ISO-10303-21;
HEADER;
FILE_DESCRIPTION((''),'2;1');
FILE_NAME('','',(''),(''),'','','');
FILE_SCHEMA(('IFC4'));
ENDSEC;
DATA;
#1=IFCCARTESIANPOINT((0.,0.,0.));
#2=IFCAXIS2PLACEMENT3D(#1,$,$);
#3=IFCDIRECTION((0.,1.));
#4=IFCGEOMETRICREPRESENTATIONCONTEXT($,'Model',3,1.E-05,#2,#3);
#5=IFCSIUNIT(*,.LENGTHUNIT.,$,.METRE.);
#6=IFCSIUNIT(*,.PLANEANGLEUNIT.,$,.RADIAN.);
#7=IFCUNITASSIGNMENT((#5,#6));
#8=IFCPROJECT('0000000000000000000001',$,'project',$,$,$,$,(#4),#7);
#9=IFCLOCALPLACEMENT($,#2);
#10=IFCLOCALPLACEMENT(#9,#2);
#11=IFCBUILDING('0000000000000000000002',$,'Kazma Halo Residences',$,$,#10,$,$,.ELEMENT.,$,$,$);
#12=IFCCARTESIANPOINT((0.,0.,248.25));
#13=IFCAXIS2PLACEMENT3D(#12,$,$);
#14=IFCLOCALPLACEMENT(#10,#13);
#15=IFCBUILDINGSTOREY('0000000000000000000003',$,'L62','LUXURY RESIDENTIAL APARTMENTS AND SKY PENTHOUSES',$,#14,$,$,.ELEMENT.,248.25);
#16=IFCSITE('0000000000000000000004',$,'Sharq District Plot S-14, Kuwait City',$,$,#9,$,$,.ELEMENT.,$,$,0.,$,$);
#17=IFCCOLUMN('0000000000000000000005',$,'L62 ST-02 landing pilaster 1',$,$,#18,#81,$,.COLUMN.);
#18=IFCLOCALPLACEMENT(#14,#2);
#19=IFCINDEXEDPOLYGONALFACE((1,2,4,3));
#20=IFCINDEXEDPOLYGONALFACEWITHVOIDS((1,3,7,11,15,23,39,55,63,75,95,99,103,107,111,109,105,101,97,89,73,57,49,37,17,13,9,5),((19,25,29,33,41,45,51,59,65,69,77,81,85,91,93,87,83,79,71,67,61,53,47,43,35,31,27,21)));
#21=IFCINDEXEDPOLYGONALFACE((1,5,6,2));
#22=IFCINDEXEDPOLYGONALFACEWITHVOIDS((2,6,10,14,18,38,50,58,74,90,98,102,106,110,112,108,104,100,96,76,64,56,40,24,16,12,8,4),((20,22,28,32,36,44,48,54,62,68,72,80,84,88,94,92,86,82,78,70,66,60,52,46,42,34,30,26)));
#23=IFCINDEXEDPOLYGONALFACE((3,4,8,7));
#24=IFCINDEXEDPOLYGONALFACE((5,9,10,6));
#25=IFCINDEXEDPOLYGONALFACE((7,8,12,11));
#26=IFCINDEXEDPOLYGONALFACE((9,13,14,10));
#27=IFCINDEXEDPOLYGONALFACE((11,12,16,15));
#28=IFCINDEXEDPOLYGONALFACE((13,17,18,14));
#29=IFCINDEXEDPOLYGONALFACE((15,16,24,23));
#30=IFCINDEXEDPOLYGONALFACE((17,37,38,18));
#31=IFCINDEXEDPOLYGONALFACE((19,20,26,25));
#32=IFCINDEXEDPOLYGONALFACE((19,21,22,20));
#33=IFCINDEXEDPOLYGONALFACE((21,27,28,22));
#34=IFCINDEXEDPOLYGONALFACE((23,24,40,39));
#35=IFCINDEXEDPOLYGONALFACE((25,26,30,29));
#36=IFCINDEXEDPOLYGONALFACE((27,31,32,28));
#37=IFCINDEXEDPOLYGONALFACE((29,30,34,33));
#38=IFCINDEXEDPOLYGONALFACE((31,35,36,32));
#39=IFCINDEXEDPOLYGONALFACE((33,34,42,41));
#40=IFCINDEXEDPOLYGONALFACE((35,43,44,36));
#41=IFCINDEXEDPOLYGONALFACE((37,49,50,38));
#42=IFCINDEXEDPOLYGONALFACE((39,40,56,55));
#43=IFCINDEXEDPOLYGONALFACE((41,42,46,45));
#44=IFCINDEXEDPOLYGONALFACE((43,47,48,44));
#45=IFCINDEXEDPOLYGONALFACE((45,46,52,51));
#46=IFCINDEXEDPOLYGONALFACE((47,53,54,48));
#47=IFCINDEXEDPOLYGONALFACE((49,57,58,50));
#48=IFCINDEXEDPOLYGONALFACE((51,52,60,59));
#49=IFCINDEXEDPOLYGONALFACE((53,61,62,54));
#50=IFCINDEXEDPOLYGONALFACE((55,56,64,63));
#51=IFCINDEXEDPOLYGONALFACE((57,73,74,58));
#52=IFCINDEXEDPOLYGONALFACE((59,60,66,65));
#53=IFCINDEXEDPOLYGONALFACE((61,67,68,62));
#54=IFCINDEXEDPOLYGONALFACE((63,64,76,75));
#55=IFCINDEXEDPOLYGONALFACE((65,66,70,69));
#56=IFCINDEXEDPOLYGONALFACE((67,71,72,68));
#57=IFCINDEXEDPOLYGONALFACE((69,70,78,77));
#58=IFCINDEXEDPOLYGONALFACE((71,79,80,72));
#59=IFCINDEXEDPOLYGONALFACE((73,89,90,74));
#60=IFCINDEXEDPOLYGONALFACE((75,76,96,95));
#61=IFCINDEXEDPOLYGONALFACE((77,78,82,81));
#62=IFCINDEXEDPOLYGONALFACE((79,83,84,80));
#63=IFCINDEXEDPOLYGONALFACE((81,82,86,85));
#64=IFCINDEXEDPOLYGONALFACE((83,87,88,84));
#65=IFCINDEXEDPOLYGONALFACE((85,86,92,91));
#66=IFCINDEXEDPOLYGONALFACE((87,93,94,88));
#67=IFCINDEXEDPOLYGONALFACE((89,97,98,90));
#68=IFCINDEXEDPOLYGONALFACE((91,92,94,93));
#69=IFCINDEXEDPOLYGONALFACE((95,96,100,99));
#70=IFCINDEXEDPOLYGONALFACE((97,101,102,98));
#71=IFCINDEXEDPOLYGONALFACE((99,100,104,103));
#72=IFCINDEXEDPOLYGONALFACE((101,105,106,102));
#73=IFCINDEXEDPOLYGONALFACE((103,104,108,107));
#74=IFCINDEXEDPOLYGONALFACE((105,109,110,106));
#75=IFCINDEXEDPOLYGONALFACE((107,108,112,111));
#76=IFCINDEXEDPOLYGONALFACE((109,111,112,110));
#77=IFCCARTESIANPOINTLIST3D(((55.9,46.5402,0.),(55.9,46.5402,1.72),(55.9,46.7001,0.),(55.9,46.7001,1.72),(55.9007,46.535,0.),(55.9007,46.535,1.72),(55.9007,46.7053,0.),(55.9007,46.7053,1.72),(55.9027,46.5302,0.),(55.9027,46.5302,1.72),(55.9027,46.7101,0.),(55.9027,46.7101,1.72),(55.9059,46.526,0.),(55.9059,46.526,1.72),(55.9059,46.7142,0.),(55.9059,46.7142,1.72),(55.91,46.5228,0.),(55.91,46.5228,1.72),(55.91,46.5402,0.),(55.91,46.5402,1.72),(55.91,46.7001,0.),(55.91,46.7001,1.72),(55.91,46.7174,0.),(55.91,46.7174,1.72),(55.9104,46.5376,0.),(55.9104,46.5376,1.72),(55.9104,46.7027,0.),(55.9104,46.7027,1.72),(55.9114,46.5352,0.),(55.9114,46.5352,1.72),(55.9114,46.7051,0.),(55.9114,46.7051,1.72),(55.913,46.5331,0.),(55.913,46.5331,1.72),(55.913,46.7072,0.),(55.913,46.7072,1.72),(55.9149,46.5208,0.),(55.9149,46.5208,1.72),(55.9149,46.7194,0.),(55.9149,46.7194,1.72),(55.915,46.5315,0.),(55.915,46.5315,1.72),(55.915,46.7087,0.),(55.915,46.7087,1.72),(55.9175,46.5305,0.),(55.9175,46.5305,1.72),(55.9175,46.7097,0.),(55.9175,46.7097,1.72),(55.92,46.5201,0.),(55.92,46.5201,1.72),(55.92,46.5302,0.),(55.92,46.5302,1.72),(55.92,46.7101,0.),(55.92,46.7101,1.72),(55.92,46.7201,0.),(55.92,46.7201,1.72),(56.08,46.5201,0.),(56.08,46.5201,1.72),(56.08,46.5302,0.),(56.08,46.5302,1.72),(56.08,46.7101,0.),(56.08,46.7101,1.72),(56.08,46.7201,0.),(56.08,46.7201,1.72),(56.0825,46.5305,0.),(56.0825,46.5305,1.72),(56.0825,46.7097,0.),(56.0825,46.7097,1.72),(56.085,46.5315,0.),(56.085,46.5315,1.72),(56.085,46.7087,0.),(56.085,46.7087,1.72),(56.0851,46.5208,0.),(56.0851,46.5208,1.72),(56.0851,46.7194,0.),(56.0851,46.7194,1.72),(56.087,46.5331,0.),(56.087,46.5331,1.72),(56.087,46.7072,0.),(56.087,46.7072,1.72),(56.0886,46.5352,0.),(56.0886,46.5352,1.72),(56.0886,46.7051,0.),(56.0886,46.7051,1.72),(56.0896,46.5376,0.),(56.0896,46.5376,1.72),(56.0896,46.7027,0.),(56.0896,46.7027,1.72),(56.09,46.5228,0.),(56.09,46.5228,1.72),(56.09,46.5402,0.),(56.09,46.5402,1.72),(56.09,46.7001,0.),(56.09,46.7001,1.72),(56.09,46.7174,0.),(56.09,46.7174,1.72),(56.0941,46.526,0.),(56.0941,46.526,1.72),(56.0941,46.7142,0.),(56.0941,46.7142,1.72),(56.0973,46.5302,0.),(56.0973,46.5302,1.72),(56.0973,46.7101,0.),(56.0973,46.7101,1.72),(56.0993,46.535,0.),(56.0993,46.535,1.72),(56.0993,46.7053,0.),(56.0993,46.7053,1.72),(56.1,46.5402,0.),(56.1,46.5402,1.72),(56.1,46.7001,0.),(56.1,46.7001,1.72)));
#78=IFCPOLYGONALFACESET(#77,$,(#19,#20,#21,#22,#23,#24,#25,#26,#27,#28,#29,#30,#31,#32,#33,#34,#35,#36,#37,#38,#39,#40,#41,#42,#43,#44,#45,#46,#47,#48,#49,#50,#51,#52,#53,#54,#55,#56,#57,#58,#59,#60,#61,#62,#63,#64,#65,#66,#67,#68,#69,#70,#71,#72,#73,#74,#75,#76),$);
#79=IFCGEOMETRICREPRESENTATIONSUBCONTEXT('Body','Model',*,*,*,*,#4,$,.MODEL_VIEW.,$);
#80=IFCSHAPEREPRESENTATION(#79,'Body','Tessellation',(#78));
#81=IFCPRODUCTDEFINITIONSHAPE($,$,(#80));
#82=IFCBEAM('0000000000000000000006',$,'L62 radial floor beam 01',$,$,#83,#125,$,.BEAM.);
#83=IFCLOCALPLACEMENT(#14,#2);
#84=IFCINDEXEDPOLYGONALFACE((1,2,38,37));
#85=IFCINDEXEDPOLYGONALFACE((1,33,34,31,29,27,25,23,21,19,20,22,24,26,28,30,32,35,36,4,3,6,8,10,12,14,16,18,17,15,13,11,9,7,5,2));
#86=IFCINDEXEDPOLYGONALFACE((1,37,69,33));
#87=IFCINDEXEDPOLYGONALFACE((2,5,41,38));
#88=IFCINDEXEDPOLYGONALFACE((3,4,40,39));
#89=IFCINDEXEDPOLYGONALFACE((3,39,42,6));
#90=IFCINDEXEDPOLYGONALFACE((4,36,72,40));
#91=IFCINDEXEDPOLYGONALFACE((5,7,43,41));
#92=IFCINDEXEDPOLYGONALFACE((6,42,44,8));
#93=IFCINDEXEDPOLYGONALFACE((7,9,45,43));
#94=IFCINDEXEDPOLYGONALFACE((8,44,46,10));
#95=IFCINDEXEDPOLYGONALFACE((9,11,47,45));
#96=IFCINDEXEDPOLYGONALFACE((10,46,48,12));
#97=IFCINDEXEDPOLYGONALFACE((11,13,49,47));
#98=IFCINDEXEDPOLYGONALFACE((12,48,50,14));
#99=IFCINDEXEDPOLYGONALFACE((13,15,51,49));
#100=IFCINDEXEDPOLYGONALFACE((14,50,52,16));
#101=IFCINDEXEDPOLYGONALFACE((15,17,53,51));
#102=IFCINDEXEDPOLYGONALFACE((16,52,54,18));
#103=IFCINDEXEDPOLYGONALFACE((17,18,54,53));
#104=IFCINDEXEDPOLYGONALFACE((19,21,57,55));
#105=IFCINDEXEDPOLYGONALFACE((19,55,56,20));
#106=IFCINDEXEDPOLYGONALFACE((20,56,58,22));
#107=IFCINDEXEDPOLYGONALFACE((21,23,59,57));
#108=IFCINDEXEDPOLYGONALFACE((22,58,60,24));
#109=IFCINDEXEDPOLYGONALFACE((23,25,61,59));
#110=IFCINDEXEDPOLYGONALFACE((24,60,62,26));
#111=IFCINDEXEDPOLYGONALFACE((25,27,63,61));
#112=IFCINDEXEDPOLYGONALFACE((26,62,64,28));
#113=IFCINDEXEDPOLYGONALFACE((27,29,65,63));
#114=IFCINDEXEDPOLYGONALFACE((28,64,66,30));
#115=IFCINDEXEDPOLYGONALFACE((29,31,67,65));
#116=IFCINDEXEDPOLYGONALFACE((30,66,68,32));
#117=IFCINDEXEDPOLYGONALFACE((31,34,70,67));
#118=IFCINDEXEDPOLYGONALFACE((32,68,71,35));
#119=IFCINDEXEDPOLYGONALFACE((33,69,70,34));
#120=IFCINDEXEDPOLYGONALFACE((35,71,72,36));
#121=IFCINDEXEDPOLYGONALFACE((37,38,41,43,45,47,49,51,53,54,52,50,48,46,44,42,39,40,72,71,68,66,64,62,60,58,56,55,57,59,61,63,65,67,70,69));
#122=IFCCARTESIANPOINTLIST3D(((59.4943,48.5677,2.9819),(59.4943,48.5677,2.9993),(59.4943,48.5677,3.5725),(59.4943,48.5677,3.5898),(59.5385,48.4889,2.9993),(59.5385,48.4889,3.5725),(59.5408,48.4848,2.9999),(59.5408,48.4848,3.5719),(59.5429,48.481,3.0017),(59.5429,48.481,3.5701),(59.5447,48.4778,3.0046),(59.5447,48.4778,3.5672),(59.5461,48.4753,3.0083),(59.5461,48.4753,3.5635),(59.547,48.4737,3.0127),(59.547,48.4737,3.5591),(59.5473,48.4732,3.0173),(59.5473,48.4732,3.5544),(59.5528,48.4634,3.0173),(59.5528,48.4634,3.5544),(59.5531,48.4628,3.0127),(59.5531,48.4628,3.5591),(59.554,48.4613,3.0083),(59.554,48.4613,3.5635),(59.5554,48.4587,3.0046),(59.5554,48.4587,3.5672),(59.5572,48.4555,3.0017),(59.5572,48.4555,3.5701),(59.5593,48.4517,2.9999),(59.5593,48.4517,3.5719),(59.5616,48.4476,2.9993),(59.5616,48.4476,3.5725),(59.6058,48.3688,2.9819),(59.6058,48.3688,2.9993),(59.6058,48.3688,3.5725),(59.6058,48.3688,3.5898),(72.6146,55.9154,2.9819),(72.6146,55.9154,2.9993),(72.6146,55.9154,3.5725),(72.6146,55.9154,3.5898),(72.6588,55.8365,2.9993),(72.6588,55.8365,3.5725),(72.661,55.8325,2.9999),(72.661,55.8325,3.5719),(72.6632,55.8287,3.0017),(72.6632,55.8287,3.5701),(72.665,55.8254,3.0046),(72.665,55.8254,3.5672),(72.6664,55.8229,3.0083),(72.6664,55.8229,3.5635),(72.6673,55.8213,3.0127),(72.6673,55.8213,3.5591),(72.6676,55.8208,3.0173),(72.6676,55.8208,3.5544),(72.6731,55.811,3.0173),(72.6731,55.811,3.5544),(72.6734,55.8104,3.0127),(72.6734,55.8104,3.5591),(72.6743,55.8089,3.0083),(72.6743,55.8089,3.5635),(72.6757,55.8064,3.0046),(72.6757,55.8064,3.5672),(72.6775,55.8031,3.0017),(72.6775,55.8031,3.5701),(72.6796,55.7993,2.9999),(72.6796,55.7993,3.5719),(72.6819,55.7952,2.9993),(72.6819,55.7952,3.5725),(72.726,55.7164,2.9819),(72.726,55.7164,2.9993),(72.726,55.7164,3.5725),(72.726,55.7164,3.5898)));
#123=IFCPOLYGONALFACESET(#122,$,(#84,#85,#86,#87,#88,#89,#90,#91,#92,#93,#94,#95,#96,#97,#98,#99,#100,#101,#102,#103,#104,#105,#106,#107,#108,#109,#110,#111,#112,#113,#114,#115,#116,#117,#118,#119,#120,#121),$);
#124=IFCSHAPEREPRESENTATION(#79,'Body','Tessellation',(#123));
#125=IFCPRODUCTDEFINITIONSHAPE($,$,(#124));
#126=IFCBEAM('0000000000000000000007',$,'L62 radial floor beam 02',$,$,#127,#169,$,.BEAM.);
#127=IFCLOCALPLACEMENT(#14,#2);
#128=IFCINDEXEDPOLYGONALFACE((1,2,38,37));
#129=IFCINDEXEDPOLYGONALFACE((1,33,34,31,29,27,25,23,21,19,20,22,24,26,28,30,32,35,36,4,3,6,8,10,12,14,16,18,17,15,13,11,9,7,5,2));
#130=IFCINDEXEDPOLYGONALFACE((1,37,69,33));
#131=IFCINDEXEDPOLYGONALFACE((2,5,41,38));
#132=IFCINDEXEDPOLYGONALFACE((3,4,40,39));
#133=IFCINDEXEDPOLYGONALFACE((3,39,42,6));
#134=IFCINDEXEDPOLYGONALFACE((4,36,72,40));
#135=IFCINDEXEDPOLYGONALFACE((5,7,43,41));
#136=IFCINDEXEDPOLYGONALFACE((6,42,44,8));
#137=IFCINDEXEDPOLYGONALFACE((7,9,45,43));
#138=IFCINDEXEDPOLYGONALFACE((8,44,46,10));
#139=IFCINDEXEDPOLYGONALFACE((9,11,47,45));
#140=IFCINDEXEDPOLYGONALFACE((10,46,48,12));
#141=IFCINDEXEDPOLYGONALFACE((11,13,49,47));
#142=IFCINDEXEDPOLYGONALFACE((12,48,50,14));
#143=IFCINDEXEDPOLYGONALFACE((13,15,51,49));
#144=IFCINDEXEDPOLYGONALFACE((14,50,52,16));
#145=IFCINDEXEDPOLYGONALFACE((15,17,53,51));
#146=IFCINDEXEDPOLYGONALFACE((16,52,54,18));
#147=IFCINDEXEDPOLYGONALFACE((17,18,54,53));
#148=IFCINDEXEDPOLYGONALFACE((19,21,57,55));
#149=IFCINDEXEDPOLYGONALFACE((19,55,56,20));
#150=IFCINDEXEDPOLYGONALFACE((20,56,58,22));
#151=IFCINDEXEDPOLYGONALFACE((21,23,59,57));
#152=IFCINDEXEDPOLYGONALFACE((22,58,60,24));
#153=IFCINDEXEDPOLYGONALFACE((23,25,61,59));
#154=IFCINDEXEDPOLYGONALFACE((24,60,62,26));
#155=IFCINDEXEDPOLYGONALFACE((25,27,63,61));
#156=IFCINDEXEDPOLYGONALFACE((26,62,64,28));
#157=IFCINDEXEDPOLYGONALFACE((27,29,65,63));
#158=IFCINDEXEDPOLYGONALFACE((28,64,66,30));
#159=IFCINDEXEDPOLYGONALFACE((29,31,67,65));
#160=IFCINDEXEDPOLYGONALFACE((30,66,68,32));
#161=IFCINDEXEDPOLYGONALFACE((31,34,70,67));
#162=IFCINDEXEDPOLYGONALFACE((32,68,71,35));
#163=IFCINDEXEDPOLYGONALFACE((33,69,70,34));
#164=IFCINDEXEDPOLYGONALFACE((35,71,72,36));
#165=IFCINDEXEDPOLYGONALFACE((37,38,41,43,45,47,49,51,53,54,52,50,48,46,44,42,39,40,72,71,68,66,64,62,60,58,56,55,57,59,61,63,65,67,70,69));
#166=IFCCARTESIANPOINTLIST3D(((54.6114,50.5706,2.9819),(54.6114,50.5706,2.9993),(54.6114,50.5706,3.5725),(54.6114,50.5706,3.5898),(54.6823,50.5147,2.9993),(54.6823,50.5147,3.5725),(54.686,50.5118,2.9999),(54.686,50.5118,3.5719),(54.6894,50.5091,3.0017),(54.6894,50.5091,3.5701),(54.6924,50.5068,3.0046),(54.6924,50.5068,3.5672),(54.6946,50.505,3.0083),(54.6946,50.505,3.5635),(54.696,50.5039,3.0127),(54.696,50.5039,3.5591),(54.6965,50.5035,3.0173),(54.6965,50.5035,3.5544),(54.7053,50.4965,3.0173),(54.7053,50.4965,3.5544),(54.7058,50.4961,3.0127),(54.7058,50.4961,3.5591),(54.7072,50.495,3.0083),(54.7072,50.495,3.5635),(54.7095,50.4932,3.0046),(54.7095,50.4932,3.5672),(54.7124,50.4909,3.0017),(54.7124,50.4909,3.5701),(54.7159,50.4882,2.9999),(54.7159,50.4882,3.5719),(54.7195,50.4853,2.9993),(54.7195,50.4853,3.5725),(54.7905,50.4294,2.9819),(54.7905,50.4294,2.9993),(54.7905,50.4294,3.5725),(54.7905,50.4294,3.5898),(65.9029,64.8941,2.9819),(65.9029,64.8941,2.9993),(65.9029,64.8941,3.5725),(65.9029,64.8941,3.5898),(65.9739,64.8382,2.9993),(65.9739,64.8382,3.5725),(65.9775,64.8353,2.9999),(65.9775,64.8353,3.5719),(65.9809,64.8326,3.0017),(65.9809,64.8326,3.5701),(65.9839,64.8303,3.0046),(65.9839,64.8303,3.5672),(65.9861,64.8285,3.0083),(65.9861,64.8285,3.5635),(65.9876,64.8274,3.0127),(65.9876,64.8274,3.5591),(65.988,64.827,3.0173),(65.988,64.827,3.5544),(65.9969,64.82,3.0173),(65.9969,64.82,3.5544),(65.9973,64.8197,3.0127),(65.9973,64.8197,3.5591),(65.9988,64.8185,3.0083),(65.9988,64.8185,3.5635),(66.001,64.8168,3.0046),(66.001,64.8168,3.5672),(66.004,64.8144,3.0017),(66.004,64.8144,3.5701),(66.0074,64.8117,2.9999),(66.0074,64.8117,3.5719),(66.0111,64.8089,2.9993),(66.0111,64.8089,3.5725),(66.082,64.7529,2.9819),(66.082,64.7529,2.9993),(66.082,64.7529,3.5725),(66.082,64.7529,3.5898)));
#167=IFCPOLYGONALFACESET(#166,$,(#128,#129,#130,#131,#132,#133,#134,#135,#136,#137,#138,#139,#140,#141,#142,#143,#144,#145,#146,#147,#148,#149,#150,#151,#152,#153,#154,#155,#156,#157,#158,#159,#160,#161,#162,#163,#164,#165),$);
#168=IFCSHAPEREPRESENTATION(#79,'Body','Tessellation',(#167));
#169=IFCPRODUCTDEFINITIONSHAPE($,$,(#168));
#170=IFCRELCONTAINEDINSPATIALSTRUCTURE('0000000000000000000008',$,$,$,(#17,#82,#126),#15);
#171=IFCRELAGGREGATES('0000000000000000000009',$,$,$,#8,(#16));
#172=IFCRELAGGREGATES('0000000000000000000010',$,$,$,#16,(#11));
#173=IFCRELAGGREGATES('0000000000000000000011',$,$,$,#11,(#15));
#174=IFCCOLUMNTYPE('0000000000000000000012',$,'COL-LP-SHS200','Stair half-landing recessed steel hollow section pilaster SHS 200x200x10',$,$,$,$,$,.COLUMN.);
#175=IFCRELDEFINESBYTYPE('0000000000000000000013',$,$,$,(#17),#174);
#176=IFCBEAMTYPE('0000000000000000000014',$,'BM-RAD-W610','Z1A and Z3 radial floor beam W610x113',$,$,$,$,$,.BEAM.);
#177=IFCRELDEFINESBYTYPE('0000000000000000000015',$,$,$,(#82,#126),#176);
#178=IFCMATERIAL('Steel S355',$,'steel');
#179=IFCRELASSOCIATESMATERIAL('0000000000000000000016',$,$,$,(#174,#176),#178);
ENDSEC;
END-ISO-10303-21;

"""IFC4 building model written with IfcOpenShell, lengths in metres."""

from ifc_helpers import new_model, si_unit, direction, frame, origin, origin_2d, place, context, subcontext, project, spatial, hollow_rectangle, i_section, extrude, material, material_profile, profile_set, type_object, element, save


model = new_model("IFC4")

# Units and contexts
model_context = context("Model", 3, precision=1e-05, world=origin(), true_north=direction((0.0, 1.0)))
body_context = subcontext(model_context, "Body", "Model", "MODEL_VIEW")
ifc_project = project(units=[si_unit("LENGTHUNIT", "METRE"), si_unit("PLANEANGLEUNIT", "RADIAN")], contexts=[model_context])

# Site, building, storey
site_placement = place(None, origin())
site = spatial("IfcSite", under=ifc_project, at=site_placement, Name="Sharq District Plot S-14, Kuwait City", CompositionType="ELEMENT", RefElevation=0.0)
building_placement = place(site_placement, origin())
building = spatial("IfcBuilding", under=site, at=building_placement, Name="Kazma Halo Residences", CompositionType="ELEMENT")
storey_placement = place(building_placement, frame((0.0, 0.0, 248.25)))
storey = spatial("IfcBuildingStorey", under=building, at=storey_placement, Name="L62", Description="LUXURY RESIDENTIAL APARTMENTS AND SKY PENTHOUSES", CompositionType="ELEMENT", Elevation=248.25)

# Column
ifc_material_1 = material(Name="Steel S355", Category="steel")
ifc_material_profile_1 = material_profile(ifc_material_1, hollow_rectangle(XDim=0.2, YDim=0.2, WallThickness=0.01, InnerFilletRadius=0.01, OuterFilletRadius=0.02, at=origin_2d()), Name="SHS200x200x10")
ifc_profile_set_1 = profile_set([ifc_material_profile_1], Name="Steel S355")
column_type = type_object("IfcColumnType", Name="COL-LP-SHS200", Description="Stair half-landing recessed steel hollow section pilaster SHS 200x200x10", PredefinedType="COLUMN", material=ifc_profile_set_1)
column_placement = place(storey_placement, frame((56.0, 46.6201, 0.0), z_axis=(0.0, 0.0, 1.0), x_axis=(1.0, 0.0, 0.0)))
element("IfcColumn", 1, at=column_placement, inside=storey, type_object=column_type, Name="L62 ST-02 landing pilaster 1", PredefinedType="COLUMN", context=body_context, shape_type="SweptSolid", body=[
    extrude(hollow_rectangle(XDim=0.2, YDim=0.2, WallThickness=0.01, InnerFilletRadius=0.01, OuterFilletRadius=0.02, at=origin_2d()), origin(), (0.0, 0.0, 1.0), 1.72),
])

# Beams
ifc_material_profile_2 = material_profile(ifc_material_1, i_section(OverallWidth=0.228, OverallDepth=0.6079, WebThickness=0.0112, FlangeThickness=0.0173, FilletRadius=0.0181, at=origin_2d()), Name="W610x113")
ifc_profile_set_2 = profile_set([ifc_material_profile_2], Name="Steel S355")
beam_type_1 = type_object("IfcBeamType", Name="BM-RAD-W610", Description="Z1A and Z3 radial floor beam W610x113", PredefinedType="BEAM", material=ifc_profile_set_2)
beam_1_placement = place(storey_placement, frame((59.55, 48.4683, 3.2859), z_axis=(0.872499, 0.488616, 0.0), x_axis=(-0.488616, 0.872499, 0.0)))
element("IfcBeam", 2, at=beam_1_placement, inside=storey, type_object=beam_type_1, Name="L62 radial floor beam 01", PredefinedType="BEAM", context=body_context, shape_type="SweptSolid", body=[
    extrude(i_section(OverallWidth=0.228, OverallDepth=0.6079, WebThickness=0.0112, FlangeThickness=0.0173, FilletRadius=0.0181, at=origin_2d()), origin(), (0.0, 0.0, 1.0), 15.0376),
])
beam_2_placement = place(storey_placement, frame((54.7009, 50.5, 3.2859), z_axis=(0.619086, 0.785323, 0.0), x_axis=(-0.785323, 0.619086, 0.0)))
element("IfcBeam", 3, at=beam_2_placement, inside=storey, type_object=beam_type_1, Name="L62 radial floor beam 02", PredefinedType="BEAM", context=body_context, shape_type="SweptSolid", body=[
    extrude(i_section(OverallWidth=0.228, OverallDepth=0.6079, WebThickness=0.0112, FlangeThickness=0.0173, FilletRadius=0.0181, at=origin_2d()), origin(), (0.0, 0.0, 1.0), 18.239),
])

save(model, "model.ifc")
